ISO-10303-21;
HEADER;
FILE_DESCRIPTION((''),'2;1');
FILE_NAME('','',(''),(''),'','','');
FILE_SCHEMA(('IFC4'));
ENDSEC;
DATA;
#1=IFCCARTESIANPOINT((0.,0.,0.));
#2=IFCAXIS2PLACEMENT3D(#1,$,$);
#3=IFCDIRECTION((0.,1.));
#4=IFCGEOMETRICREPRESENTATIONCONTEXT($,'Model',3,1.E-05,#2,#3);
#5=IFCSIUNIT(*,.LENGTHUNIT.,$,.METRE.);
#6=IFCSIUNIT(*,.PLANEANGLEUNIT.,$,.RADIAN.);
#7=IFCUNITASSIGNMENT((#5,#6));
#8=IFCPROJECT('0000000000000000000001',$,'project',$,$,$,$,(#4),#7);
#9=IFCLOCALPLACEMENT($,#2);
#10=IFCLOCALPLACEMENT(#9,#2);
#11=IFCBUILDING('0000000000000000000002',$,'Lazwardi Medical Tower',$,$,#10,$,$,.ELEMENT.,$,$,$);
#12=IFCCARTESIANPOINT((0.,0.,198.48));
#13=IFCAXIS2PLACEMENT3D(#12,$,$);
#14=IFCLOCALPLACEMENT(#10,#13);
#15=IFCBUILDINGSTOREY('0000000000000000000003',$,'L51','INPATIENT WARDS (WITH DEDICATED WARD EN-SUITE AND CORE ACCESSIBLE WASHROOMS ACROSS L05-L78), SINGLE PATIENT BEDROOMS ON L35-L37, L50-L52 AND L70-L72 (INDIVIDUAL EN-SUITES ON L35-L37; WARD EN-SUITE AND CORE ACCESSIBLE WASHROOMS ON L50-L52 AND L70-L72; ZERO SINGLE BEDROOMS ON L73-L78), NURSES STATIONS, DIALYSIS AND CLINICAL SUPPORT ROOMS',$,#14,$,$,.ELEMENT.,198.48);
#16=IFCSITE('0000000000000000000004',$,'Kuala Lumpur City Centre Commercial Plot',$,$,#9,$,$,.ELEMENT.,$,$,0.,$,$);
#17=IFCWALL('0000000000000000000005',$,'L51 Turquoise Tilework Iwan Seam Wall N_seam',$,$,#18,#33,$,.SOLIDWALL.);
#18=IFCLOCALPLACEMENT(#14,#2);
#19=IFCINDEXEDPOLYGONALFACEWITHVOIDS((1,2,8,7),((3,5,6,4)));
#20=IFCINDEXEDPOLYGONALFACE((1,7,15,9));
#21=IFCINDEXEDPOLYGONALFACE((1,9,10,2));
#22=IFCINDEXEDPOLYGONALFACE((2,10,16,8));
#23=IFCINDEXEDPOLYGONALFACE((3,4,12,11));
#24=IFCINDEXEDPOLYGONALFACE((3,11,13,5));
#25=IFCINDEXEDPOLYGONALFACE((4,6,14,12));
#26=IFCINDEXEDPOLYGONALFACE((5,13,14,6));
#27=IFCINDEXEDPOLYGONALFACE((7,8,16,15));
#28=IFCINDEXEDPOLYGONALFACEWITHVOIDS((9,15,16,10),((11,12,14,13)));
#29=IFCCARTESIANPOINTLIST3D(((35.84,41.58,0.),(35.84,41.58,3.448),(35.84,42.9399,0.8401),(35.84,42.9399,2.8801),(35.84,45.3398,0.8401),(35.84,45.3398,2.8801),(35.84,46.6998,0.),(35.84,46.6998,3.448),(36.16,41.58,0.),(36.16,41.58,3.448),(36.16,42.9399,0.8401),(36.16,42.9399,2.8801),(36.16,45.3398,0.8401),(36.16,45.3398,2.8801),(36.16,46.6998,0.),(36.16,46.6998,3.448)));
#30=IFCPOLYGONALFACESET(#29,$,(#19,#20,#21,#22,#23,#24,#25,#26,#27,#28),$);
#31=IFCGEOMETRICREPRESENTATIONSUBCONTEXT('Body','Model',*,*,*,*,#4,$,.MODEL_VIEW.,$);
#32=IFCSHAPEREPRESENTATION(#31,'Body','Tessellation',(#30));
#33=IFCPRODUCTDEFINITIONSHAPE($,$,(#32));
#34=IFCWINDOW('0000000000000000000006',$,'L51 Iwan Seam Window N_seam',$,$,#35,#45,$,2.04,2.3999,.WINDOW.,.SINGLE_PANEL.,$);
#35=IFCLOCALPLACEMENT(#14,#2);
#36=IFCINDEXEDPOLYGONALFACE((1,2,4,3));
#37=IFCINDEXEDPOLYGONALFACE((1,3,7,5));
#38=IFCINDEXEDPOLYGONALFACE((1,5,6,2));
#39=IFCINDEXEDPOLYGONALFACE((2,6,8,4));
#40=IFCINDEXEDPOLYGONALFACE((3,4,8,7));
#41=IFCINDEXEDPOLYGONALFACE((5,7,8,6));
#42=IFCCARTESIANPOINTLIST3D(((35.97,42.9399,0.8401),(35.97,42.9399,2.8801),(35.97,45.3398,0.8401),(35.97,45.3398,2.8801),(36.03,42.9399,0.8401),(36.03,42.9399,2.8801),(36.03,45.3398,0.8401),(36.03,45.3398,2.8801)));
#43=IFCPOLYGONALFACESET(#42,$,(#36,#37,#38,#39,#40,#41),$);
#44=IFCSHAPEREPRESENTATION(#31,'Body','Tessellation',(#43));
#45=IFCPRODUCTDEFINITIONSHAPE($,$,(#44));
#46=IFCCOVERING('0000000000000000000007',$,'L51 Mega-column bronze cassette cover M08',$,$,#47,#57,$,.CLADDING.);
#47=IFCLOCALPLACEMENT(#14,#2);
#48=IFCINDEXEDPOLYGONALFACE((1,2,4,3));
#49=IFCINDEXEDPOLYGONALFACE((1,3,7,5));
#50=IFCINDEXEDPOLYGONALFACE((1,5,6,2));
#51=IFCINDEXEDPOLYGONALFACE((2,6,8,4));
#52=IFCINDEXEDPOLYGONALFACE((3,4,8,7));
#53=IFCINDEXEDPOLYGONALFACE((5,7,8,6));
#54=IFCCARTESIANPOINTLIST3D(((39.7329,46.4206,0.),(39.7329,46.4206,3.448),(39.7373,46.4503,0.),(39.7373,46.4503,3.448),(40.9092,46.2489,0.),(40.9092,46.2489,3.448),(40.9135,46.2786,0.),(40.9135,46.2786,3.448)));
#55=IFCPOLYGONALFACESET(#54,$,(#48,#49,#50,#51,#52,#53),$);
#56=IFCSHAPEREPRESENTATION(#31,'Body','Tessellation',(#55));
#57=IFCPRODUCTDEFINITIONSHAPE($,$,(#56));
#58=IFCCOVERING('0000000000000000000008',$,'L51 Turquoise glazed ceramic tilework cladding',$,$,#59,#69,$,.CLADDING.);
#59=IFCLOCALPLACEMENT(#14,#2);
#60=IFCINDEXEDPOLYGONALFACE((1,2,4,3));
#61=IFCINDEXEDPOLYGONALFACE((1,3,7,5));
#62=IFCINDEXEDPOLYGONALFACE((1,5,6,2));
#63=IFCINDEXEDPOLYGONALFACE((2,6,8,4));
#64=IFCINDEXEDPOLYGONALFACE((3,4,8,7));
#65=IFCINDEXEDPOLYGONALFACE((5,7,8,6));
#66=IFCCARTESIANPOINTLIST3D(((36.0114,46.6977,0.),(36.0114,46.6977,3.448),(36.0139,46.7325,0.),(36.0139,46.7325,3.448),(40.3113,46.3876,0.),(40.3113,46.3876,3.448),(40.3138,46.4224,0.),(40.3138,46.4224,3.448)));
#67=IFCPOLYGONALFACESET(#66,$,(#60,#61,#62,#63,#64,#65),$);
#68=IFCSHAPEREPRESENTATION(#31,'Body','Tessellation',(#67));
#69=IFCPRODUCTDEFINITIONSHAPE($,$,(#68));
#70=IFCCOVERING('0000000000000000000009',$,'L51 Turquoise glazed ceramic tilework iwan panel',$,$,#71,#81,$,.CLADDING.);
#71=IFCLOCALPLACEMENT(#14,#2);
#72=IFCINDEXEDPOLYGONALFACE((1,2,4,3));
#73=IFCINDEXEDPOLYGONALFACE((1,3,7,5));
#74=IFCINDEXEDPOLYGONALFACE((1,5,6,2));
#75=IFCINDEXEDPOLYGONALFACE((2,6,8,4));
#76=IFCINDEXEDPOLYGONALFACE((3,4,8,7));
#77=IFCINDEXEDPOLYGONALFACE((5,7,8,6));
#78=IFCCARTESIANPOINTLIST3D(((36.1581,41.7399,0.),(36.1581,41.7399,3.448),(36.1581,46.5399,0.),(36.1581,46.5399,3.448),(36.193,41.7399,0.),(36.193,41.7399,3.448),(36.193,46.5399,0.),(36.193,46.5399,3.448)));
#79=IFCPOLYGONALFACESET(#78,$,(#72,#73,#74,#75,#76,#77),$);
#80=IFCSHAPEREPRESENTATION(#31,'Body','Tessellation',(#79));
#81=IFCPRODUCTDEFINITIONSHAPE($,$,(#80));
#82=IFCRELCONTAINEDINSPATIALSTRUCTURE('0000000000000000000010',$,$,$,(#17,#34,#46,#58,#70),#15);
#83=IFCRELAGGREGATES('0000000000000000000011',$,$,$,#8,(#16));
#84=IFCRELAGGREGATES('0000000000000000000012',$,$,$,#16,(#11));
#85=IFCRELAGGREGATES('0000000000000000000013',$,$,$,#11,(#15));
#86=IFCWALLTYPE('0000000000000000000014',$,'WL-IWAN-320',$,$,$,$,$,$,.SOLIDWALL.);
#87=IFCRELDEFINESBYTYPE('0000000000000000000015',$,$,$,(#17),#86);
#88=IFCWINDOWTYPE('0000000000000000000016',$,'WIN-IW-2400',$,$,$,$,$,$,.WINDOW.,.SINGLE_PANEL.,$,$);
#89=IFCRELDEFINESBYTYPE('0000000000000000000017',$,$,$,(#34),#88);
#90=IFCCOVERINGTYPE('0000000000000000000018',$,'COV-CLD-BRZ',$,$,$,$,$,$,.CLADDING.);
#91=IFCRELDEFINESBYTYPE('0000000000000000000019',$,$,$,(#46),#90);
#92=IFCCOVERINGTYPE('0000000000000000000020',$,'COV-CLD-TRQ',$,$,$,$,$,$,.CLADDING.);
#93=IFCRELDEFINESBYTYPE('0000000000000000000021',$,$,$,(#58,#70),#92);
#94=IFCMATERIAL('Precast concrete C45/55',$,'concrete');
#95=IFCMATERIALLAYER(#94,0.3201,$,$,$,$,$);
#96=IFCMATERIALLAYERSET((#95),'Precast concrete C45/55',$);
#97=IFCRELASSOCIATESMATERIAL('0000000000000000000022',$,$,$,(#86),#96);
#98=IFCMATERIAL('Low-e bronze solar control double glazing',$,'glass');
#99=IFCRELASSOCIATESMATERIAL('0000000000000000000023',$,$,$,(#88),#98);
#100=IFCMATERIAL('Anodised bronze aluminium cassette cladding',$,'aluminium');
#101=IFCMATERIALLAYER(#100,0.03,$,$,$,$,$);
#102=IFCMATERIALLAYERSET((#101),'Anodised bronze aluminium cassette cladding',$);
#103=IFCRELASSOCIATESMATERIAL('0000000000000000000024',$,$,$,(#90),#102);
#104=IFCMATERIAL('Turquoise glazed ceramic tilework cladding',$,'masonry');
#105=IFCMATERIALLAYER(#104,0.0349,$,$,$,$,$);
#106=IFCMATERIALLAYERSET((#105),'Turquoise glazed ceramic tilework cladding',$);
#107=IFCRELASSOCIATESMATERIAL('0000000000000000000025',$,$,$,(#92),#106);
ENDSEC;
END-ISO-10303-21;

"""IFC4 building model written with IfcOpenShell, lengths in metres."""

from ifc_helpers import new_model, si_unit, direction, frame, frame_2d, origin, origin_2d, place, context, subcontext, project, spatial, rectangle, extrude, material, layer, layer_set, type_object, element, fill, save


model = new_model("IFC4")

# Units and contexts
model_context = context("Model", 3, precision=1e-05, world=origin(), true_north=direction((0.0, 1.0)))
body_context = subcontext(model_context, "Body", "Model", "MODEL_VIEW")
ifc_project = project(units=[si_unit("LENGTHUNIT", "METRE"), si_unit("PLANEANGLEUNIT", "RADIAN")], contexts=[model_context])

# Site, building, storey
site_placement = place(None, origin())
site = spatial("IfcSite", under=ifc_project, at=site_placement, Name="Kuala Lumpur City Centre Commercial Plot", CompositionType="ELEMENT", RefElevation=0.0)
building_placement = place(site_placement, origin())
building = spatial("IfcBuilding", under=site, at=building_placement, Name="Lazwardi Medical Tower", CompositionType="ELEMENT")
storey_placement = place(building_placement, frame((0.0, 0.0, 198.48)))
storey = spatial("IfcBuildingStorey", under=building, at=storey_placement, Name="L51", Description="INPATIENT WARDS (WITH DEDICATED WARD EN-SUITE AND CORE ACCESSIBLE WASHROOMS ACROSS L05-L78), SINGLE PATIENT BEDROOMS ON L35-L37, L50-L52 AND L70-L72 (INDIVIDUAL EN-SUITES ON L35-L37; WARD EN-SUITE AND CORE ACCESSIBLE WASHROOMS ON L50-L52 AND L70-L72; ZERO SINGLE BEDROOMS ON L73-L78), NURSES STATIONS, DIALYSIS AND CLINICAL SUPPORT ROOMS", CompositionType="ELEMENT", Elevation=198.48)

# Shared definitions
ifc_material_1 = material(Name="Low-e bronze solar control double glazing", Category="glass")

# Wall, opening, window
ifc_material_2 = material(Name="Precast concrete C45/55", Category="concrete")
ifc_layer_1 = layer(ifc_material_2, 0.3201)
ifc_layer_set_1 = layer_set([ifc_layer_1], Name="Precast concrete C45/55")
wall_type_1 = type_object("IfcWallType", Name="WL-IWAN-320", PredefinedType="SOLIDWALL", material=ifc_layer_set_1)
wall_1_placement = place(storey_placement, frame((36.0, 46.7, 0.0), z_axis=(0.0, 0.0, 1.0), x_axis=(0.0, -1.0, 0.0)))
wall_1 = element("IfcWall", 1, at=wall_1_placement, inside=storey, type_object=wall_type_1, Name="L51 Turquoise Tilework Iwan Seam Wall N_seam", PredefinedType="SOLIDWALL", context=body_context, shape_type="SweptSolid", body=[
    extrude(rectangle(XDim=5.1199, YDim=0.3201, at=frame_2d((2.5601, 0.0))), origin(), (0.0, 0.0, 1.0), 3.448),
])
opening_1_placement = place(wall_1_placement, frame((1.3601, 0.0, 0.8401)))
opening_1 = element("IfcOpeningElement", 2, at=opening_1_placement, cuts=wall_1, PredefinedType="OPENING", context=body_context, shape_type="SweptSolid", body=[
    extrude(rectangle(XDim=2.3999, YDim=2.04, at=frame_2d((1.2, 1.02))), frame((0.0, 0.1699, 0.0), z_axis=(0.0, -1.0, 0.0), x_axis=(1.0, 0.0, 0.0)), (0.0, 0.0, 1.0), 0.3401),
])
window_type_1 = type_object("IfcWindowType", Name="WIN-IW-2400", PartitioningType="SINGLE_PANEL", PredefinedType="WINDOW", material=ifc_material_1)
window_1_placement = place(opening_1_placement, origin())
window_1 = element("IfcWindow", 3, at=window_1_placement, inside=storey, type_object=window_type_1, Name="L51 Iwan Seam Window N_seam", OverallHeight=2.04, OverallWidth=2.3999, PartitioningType="SINGLE_PANEL", PredefinedType="WINDOW", context=body_context, shape_type="SweptSolid", body=[
    extrude(rectangle(XDim=2.3999, YDim=2.04, at=frame_2d((1.2, 1.02))), frame((0.0, 0.03, 0.0), z_axis=(0.0, -1.0, 0.0), x_axis=(1.0, 0.0, 0.0)), (0.0, 0.0, 1.0), 0.0601),
])
fill(opening_1, window_1)

# Coverings
ifc_material_3 = material(Name="Anodised bronze aluminium cassette cladding", Category="aluminium")
ifc_layer_2 = layer(ifc_material_3, 0.03)
ifc_layer_set_2 = layer_set([ifc_layer_2], Name="Anodised bronze aluminium cassette cladding")
covering_type_1 = type_object("IfcCoveringType", Name="COV-CLD-BRZ", PredefinedType="CLADDING", material=ifc_layer_set_2)
covering_1_placement = place(storey_placement, frame((40.3232, 46.3496, 0.0), z_axis=(0.0, 0.0, 1.0), x_axis=(-0.989512, 0.144448, 0.0)))
element("IfcCovering", 4, at=covering_1_placement, inside=storey, type_object=covering_type_1, Name="L51 Mega-column bronze cassette cover M08", PredefinedType="CLADDING", context=body_context, shape_type="SweptSolid", body=[
    extrude(rectangle(XDim=1.1887, YDim=0.03, at=origin_2d()), origin(), (0.0, 0.0, 1.0), 3.448),
])
ifc_material_4 = material(Name="Turquoise glazed ceramic tilework cladding", Category="masonry")
ifc_layer_3 = layer(ifc_material_4, 0.0349)
ifc_layer_set_3 = layer_set([ifc_layer_3], Name="Turquoise glazed ceramic tilework cladding")
covering_type_2 = type_object("IfcCoveringType", Name="COV-CLD-TRQ", PredefinedType="CLADDING", material=ifc_layer_set_3)
covering_2_placement = place(storey_placement, frame((38.1626, 46.5601, 0.0), z_axis=(0.0, 0.0, 1.0), x_axis=(-0.997409, 0.071933, 0.0)))
element("IfcCovering", 5, at=covering_2_placement, inside=storey, type_object=covering_type_2, Name="L51 Turquoise glazed ceramic tilework cladding", PredefinedType="CLADDING", context=body_context, shape_type="SweptSolid", body=[
    extrude(rectangle(XDim=4.311, YDim=0.0349, at=origin_2d()), origin(), (0.0, 0.0, 1.0), 3.448),
])
covering_3_placement = place(storey_placement, frame((36.1755, 44.1399, 0.0), z_axis=(0.0, 0.0, 1.0), x_axis=(0.0, -1.0, 0.0)))
element("IfcCovering", 6, at=covering_3_placement, inside=storey, type_object=covering_type_2, Name="L51 Turquoise glazed ceramic tilework iwan panel", PredefinedType="CLADDING", context=body_context, shape_type="SweptSolid", body=[
    extrude(rectangle(XDim=4.8, YDim=0.0349, at=origin_2d()), origin(), (0.0, 0.0, 1.0), 3.448),
])

save(model, "model.ifc")
